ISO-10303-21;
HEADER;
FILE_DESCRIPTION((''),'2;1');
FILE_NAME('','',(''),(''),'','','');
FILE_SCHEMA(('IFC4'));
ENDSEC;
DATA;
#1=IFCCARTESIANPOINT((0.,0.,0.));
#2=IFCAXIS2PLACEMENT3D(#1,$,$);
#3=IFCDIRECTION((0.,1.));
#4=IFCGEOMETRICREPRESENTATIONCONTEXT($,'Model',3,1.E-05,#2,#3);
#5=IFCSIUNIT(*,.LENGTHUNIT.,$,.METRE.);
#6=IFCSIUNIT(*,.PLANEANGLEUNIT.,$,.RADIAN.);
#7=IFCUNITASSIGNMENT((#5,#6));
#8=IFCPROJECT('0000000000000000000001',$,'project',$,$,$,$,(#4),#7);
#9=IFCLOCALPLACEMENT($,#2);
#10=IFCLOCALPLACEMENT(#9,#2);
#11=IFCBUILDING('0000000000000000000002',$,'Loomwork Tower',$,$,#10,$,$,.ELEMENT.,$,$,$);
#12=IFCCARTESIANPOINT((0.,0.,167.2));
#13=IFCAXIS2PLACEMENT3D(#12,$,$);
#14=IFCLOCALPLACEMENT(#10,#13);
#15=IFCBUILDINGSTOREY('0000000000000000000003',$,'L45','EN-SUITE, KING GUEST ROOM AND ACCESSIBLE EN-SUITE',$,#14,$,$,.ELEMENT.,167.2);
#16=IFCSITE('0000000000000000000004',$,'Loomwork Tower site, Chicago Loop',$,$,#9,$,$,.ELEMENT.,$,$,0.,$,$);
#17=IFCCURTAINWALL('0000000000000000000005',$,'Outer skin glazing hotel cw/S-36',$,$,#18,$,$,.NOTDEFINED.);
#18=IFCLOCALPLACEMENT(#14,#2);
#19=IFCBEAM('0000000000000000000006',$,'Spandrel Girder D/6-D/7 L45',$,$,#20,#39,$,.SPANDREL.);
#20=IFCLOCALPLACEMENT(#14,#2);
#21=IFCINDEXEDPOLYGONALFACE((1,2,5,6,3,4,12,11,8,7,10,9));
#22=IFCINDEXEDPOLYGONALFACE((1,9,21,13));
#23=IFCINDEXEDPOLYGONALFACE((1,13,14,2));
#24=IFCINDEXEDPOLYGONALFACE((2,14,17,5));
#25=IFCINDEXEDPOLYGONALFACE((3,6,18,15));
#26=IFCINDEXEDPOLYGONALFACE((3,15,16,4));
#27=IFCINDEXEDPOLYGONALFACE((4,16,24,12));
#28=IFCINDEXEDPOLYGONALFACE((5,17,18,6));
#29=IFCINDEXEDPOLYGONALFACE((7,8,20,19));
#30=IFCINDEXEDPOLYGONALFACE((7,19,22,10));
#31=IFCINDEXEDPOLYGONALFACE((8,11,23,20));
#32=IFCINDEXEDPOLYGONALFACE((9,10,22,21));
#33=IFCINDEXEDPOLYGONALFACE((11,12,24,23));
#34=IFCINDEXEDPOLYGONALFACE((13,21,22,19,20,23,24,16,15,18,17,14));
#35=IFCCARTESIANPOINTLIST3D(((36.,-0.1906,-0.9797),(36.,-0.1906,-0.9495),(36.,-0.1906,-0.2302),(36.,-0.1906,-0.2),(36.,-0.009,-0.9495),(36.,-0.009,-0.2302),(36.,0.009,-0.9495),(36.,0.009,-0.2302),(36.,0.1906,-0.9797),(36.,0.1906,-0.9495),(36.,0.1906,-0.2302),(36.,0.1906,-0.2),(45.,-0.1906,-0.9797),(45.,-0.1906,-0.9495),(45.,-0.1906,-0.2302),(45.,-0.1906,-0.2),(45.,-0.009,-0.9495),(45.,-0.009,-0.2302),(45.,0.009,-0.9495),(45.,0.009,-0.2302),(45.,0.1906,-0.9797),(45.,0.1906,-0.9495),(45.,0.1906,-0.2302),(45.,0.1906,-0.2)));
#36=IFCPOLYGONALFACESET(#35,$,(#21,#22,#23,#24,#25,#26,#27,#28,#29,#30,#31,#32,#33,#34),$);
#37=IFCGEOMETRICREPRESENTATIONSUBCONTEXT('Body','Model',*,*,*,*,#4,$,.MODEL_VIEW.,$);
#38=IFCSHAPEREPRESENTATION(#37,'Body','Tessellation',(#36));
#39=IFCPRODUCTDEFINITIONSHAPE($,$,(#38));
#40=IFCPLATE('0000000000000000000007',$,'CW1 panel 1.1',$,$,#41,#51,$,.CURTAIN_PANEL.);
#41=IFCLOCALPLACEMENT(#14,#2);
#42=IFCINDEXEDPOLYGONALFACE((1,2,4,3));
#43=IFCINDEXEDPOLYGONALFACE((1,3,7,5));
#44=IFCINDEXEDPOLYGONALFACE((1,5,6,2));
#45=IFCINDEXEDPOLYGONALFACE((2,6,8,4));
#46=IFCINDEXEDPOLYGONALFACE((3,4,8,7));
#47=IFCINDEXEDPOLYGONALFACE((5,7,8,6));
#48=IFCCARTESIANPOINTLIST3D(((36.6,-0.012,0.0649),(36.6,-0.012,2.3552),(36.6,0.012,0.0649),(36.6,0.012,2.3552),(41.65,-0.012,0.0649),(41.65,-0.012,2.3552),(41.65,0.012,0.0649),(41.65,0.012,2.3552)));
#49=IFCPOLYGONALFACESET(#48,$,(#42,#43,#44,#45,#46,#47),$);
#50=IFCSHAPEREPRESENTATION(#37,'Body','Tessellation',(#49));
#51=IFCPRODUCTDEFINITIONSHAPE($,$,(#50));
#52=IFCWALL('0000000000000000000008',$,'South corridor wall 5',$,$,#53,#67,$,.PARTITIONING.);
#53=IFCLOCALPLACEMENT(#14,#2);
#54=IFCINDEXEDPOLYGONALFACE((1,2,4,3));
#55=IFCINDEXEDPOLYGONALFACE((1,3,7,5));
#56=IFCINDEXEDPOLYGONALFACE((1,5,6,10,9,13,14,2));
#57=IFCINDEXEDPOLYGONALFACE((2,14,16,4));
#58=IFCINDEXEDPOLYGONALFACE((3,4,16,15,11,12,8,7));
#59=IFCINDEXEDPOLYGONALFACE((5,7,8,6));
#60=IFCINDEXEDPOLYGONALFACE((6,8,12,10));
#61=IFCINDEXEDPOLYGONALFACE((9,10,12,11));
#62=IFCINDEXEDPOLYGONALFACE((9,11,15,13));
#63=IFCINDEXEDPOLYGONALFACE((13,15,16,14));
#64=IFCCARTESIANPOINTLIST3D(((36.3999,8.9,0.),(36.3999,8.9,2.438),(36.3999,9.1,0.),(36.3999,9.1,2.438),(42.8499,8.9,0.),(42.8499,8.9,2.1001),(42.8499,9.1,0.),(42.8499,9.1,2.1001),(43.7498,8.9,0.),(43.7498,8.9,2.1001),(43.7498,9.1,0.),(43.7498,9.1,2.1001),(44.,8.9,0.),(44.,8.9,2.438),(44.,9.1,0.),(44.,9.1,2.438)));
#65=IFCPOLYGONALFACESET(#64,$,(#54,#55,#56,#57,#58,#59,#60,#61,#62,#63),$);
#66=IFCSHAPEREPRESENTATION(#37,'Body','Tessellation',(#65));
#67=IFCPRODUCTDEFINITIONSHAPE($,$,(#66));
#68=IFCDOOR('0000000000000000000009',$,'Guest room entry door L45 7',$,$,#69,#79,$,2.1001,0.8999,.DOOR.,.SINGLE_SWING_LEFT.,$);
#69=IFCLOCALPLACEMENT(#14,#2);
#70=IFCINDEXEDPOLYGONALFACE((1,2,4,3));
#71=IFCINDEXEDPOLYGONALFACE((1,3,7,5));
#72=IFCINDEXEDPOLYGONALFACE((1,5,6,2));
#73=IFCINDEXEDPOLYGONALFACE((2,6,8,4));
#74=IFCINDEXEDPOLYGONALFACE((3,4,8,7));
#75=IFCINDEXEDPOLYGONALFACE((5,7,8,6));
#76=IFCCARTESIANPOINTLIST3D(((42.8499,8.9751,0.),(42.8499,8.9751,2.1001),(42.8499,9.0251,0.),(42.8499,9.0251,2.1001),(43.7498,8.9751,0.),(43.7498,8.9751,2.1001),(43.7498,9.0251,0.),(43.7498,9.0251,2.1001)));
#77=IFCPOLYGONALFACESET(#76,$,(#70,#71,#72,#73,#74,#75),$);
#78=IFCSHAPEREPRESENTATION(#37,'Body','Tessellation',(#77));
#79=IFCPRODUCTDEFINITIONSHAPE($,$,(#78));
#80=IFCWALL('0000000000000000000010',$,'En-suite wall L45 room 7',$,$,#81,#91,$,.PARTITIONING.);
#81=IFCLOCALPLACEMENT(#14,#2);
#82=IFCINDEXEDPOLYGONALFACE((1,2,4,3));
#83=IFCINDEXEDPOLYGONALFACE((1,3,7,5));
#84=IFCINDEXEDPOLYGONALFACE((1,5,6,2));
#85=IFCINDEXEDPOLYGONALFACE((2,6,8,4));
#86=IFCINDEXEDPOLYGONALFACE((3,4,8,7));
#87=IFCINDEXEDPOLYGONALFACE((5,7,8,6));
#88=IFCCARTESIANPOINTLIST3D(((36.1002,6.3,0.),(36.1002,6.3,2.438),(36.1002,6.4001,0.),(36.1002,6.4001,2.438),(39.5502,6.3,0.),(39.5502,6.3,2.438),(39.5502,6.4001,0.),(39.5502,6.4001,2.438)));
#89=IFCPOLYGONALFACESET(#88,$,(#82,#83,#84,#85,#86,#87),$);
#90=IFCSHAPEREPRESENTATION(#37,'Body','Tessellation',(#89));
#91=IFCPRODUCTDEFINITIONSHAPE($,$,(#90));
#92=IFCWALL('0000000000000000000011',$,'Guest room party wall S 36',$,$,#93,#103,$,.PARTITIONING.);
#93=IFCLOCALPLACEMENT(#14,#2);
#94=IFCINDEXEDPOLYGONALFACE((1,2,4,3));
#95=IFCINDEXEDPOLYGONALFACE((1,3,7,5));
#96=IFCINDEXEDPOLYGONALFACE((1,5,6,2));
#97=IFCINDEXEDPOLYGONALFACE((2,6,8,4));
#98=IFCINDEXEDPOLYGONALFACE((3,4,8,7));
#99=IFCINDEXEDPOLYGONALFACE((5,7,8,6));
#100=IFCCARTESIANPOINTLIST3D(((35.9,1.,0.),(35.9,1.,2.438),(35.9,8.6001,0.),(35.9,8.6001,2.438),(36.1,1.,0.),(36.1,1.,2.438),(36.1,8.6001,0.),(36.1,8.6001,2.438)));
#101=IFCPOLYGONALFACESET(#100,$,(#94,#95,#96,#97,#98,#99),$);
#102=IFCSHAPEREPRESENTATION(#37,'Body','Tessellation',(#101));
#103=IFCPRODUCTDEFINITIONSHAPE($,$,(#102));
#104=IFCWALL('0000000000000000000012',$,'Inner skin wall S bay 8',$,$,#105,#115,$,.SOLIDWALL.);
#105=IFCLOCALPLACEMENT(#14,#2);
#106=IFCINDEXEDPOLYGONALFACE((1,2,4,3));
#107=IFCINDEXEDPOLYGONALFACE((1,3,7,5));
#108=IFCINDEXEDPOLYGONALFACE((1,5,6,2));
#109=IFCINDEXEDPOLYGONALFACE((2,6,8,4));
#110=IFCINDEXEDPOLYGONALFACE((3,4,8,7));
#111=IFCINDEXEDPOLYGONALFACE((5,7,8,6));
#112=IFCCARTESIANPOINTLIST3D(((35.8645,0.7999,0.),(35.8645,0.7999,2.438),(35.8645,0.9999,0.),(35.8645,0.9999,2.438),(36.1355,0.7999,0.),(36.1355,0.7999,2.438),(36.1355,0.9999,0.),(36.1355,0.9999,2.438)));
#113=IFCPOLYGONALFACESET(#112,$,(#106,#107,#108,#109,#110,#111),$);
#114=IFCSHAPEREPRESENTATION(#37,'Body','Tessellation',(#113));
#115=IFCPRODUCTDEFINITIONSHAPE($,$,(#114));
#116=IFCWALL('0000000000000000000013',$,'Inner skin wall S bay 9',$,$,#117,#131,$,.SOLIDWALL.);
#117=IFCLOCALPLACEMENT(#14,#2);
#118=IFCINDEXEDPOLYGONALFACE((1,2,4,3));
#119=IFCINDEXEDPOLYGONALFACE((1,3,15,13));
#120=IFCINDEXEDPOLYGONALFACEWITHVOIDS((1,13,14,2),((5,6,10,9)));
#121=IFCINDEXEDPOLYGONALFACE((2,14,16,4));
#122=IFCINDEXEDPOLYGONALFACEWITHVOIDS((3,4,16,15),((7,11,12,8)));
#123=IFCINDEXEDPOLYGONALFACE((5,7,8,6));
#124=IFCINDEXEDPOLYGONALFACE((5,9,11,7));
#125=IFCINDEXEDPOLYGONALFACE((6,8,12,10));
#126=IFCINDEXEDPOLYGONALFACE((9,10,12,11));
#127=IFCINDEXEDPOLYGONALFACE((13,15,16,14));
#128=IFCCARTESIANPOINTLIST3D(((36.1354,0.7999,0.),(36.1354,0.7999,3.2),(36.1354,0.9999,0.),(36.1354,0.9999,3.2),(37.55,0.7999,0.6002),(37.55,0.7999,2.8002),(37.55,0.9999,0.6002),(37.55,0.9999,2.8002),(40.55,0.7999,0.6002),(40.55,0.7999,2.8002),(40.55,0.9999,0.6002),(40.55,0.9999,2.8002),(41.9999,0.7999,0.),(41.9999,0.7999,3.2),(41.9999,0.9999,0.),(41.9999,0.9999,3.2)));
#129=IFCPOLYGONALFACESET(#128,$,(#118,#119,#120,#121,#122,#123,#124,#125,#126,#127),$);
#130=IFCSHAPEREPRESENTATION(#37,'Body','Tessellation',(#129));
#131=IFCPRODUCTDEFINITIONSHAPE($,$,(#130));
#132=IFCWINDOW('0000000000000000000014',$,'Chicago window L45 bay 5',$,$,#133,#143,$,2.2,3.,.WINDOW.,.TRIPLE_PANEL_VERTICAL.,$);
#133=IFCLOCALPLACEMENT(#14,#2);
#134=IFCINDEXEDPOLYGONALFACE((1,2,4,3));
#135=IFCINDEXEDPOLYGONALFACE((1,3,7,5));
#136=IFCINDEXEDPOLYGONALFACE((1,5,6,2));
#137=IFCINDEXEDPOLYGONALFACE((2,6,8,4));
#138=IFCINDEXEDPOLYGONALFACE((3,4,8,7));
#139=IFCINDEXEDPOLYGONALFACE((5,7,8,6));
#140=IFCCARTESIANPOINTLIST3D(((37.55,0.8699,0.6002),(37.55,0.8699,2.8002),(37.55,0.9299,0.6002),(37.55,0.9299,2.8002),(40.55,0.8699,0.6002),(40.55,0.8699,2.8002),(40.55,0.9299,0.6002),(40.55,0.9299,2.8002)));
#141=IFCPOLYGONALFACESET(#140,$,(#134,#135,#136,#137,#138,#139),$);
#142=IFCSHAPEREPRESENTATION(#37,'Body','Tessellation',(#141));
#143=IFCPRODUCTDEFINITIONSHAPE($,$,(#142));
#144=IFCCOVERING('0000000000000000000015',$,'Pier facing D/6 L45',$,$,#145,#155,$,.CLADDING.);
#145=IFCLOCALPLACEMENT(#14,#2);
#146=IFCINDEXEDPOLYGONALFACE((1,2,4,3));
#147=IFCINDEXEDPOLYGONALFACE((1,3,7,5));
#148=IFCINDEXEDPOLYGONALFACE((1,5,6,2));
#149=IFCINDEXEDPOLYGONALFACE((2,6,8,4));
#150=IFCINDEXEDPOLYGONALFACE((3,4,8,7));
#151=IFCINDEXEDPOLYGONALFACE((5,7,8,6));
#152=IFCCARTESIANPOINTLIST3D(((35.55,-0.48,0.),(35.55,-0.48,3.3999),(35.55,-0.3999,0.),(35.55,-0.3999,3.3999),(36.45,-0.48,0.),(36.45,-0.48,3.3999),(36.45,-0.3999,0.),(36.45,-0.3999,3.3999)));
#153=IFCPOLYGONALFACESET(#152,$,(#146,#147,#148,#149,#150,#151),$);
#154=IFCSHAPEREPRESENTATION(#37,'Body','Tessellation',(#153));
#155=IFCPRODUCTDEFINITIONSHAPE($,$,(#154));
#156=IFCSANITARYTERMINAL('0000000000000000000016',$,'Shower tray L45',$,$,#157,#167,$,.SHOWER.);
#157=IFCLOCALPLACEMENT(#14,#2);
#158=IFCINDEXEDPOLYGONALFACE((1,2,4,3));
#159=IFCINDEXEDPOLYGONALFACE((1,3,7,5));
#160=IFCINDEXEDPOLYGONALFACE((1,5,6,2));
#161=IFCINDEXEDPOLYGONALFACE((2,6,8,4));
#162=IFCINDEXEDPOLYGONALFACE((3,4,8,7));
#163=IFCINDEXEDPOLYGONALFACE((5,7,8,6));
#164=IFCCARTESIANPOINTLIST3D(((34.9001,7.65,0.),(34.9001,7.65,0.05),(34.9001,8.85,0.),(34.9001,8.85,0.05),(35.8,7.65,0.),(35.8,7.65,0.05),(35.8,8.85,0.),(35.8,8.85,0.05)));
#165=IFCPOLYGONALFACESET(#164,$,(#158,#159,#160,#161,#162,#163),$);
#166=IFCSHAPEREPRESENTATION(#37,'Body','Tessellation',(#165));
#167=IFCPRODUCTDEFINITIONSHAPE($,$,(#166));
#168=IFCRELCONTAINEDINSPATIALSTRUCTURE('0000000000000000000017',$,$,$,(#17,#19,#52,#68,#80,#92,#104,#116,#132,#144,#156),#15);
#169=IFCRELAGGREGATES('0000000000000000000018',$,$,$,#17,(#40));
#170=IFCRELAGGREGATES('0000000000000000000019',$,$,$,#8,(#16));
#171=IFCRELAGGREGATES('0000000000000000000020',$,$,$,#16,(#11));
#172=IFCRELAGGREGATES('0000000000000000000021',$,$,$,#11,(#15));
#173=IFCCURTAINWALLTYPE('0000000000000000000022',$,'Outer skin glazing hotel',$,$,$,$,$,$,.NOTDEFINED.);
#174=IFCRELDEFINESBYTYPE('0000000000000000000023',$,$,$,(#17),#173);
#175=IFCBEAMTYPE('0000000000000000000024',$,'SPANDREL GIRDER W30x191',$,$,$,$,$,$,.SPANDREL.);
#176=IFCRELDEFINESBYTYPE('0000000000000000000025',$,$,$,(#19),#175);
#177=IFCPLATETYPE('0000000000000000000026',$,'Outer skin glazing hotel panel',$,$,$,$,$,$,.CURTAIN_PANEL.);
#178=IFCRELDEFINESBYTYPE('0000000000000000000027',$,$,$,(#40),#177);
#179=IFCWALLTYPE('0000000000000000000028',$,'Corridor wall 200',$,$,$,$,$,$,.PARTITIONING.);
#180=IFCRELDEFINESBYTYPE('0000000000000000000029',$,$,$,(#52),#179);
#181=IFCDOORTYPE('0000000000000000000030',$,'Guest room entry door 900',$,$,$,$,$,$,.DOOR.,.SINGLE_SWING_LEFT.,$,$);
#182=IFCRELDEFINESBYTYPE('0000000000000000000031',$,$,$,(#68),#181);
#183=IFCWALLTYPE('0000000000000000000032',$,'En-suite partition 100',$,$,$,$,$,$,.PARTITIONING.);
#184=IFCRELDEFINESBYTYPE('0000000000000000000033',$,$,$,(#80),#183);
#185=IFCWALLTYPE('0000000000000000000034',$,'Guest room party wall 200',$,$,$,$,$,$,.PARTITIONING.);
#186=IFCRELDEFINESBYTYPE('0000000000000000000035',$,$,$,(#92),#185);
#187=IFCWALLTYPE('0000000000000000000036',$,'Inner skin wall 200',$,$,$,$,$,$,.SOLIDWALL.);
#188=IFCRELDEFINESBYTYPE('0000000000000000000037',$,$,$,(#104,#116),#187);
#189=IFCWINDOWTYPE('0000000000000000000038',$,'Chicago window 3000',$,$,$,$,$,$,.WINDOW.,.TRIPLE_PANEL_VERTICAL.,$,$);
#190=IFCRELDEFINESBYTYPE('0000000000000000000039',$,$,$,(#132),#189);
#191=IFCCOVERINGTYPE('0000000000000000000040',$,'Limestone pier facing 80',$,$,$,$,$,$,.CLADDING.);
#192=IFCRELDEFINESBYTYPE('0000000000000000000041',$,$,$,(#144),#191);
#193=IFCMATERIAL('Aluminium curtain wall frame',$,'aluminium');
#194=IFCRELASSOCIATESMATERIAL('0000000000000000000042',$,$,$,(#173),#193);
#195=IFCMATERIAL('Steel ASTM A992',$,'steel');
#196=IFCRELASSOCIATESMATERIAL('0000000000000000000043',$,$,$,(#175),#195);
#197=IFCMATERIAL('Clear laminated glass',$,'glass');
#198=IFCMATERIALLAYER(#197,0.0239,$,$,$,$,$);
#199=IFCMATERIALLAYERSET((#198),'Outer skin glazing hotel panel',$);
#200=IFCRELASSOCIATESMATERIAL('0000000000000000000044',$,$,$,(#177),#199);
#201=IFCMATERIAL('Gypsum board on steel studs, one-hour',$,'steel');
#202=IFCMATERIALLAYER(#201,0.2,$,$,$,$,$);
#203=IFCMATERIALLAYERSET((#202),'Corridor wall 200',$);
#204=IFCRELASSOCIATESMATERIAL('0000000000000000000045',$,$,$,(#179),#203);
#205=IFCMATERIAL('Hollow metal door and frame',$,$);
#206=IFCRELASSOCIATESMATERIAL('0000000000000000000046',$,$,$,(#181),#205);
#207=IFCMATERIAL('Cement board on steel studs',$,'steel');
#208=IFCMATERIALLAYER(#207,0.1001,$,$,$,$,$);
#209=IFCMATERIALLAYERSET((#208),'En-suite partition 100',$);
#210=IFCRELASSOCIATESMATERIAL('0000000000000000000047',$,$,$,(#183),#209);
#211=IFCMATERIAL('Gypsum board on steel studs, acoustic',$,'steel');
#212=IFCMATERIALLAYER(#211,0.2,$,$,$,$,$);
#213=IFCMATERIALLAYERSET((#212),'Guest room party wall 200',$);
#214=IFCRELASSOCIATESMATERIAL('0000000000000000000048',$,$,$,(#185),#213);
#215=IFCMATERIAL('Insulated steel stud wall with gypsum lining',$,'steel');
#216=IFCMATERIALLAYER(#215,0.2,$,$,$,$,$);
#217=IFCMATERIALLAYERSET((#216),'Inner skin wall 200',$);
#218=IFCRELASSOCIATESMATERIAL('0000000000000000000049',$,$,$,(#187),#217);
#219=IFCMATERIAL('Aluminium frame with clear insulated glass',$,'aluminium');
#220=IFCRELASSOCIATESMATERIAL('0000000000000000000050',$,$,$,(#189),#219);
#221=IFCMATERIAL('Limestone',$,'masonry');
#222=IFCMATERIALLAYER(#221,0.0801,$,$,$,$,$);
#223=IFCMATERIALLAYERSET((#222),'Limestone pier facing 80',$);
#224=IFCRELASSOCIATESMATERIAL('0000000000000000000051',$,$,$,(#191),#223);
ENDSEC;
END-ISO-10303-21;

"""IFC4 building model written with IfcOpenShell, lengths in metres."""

from ifc_helpers import new_model, si_unit, direction, frame, frame_2d, origin, origin_2d, place, context, subcontext, project, spatial, rectangle, i_section, extrude, material, layer, layer_set, material_profile, profile_set, type_object, element, fill, aggregate, save


model = new_model("IFC4")

# Units and contexts
model_context = context("Model", 3, precision=1e-05, world=origin(), true_north=direction((0.0, 1.0)))
body_context = subcontext(model_context, "Body", "Model", "MODEL_VIEW")
ifc_project = project(units=[si_unit("LENGTHUNIT", "METRE"), si_unit("PLANEANGLEUNIT", "RADIAN")], contexts=[model_context])

# Site, building, storey
site_placement = place(None, origin())
site = spatial("IfcSite", under=ifc_project, at=site_placement, Name="Loomwork Tower site, Chicago Loop", CompositionType="ELEMENT", RefElevation=0.0)
building_placement = place(site_placement, origin())
building = spatial("IfcBuilding", under=site, at=building_placement, Name="Loomwork Tower", CompositionType="ELEMENT")
storey_placement = place(building_placement, frame((0.0, 0.0, 167.2)))
storey = spatial("IfcBuildingStorey", under=building, at=storey_placement, Name="L45", Description="EN-SUITE, KING GUEST ROOM AND ACCESSIBLE EN-SUITE", CompositionType="ELEMENT", Elevation=167.2)

# Shared definitions
ifc_material_1 = material(Name="Aluminium curtain wall frame", Category="aluminium")
curtain_wall_type = type_object("IfcCurtainWallType", Name="Outer skin glazing hotel", PredefinedType="NOTDEFINED", material=ifc_material_1)

# Curtain wall
curtain_wall_1_placement = place(storey_placement, origin())
curtain_wall_1 = element("IfcCurtainWall", 1, at=curtain_wall_1_placement, inside=storey, type_object=curtain_wall_type, Name="Outer skin glazing hotel cw/S-36", PredefinedType="NOTDEFINED")

# Beam
ifc_material_2 = material(Name="Steel ASTM A992", Category="steel")
ifc_material_profile_1 = material_profile(ifc_material_2, i_section(OverallWidth=0.3811, OverallDepth=0.7798, WebThickness=0.0181, FlangeThickness=0.0303, at=origin_2d()), Name="W30x191")
ifc_profile_set_1 = profile_set([ifc_material_profile_1], Name="Steel ASTM A992")
beam_type_1 = type_object("IfcBeamType", Name="SPANDREL GIRDER W30x191", PredefinedType="SPANDREL", material=ifc_profile_set_1)
beam_1_placement = place(storey_placement, frame((36.0, 0.0, -0.5898), z_axis=(1.0, 0.0, 0.0), x_axis=(0.0, 1.0, 0.0)))
element("IfcBeam", 2, at=beam_1_placement, inside=storey, type_object=beam_type_1, Name="Spandrel Girder D/6-D/7 L45", PredefinedType="SPANDREL", context=body_context, shape_type="SweptSolid", body=[
    extrude(i_section(OverallWidth=0.3811, OverallDepth=0.7798, WebThickness=0.0181, FlangeThickness=0.0303, at=origin_2d()), origin(), (0.0, 0.0, 1.0), 9.0),
])

# Plate
ifc_material_3 = material(Name="Clear laminated glass", Category="glass")
ifc_layer_1 = layer(ifc_material_3, 0.0239)
ifc_layer_set_1 = layer_set([ifc_layer_1], Name="Outer skin glazing hotel panel")
plate_type = type_object("IfcPlateType", Name="Outer skin glazing hotel panel", PredefinedType="CURTAIN_PANEL", material=ifc_layer_set_1)
plate_placement = place(storey_placement, frame((39.125, 0.0, 0.0649), z_axis=(0.0, 0.0, 1.0), x_axis=(1.0, 0.0, 0.0)))
plate = element("IfcPlate", 3, at=plate_placement, type_object=plate_type, Name="CW1 panel 1.1", PredefinedType="CURTAIN_PANEL", context=body_context, shape_type="SweptSolid", body=[
    extrude(rectangle(XDim=5.05, YDim=0.0239, at=origin_2d()), origin(), (0.0, 0.0, 1.0), 2.2903),
])
aggregate(curtain_wall_1, [plate])

# Wall, opening, door
ifc_material_4 = material(Name="Gypsum board on steel studs, one-hour", Category="steel")
ifc_layer_2 = layer(ifc_material_4, 0.2)
ifc_layer_set_2 = layer_set([ifc_layer_2], Name="Corridor wall 200")
wall_type_1 = type_object("IfcWallType", Name="Corridor wall 200", PredefinedType="PARTITIONING", material=ifc_layer_set_2)
wall_1_placement = place(storey_placement, frame((36.3999, 9.0, 0.0), z_axis=(0.0, 0.0, 1.0), x_axis=(1.0, 0.0, 0.0)))
wall_1 = element("IfcWall", 4, at=wall_1_placement, inside=storey, type_object=wall_type_1, Name="South corridor wall 5", PredefinedType="PARTITIONING", context=body_context, shape_type="SweptSolid", body=[
    extrude(rectangle(XDim=7.6001, YDim=0.2, at=frame_2d((3.8, 0.0))), origin(), (0.0, 0.0, 1.0), 2.438),
])
opening_1_placement = place(wall_1_placement, frame((6.45, 0.0, 0.0)))
opening_1 = element("IfcOpeningElement", 5, at=opening_1_placement, cuts=wall_1, PredefinedType="OPENING", context=body_context, shape_type="SweptSolid", body=[
    extrude(rectangle(XDim=0.8999, YDim=2.1001, at=frame_2d((0.45, 1.05))), frame((0.0, 0.1099, 0.0), z_axis=(0.0, -1.0, 0.0), x_axis=(1.0, 0.0, 0.0)), (0.0, 0.0, 1.0), 0.22),
])
ifc_material_5 = material(Name="Hollow metal door and frame")
door_type = type_object("IfcDoorType", Name="Guest room entry door 900", OperationType="SINGLE_SWING_LEFT", PredefinedType="DOOR", material=ifc_material_5)
door_placement = place(opening_1_placement, frame((0.8999, 0.0, 0.0), z_axis=(0.0, 0.0, 1.0), x_axis=(-1.0, 0.0, 0.0)))
door = element("IfcDoor", 6, at=door_placement, inside=storey, type_object=door_type, Name="Guest room entry door L45 7", OperationType="SINGLE_SWING_LEFT", OverallHeight=2.1001, OverallWidth=0.8999, PredefinedType="DOOR", context=body_context, shape_type="SweptSolid", body=[
    extrude(rectangle(XDim=0.8999, YDim=2.1001, at=frame_2d((0.45, 1.05))), frame((0.0, 0.0249, 0.0), z_axis=(0.0, -1.0, 0.0), x_axis=(1.0, 0.0, 0.0)), (0.0, 0.0, 1.0), 0.05),
])
fill(opening_1, door)

# Walls
ifc_material_6 = material(Name="Cement board on steel studs", Category="steel")
ifc_layer_3 = layer(ifc_material_6, 0.1001)
ifc_layer_set_3 = layer_set([ifc_layer_3], Name="En-suite partition 100")
wall_type_2 = type_object("IfcWallType", Name="En-suite partition 100", PredefinedType="PARTITIONING", material=ifc_layer_set_3)
wall_2_placement = place(storey_placement, frame((36.1001, 6.3501, 0.0), z_axis=(0.0, 0.0, 1.0), x_axis=(1.0, 0.0, 0.0)))
element("IfcWall", 7, at=wall_2_placement, inside=storey, type_object=wall_type_2, Name="En-suite wall L45 room 7", PredefinedType="PARTITIONING", context=body_context, shape_type="SweptSolid", body=[
    extrude(rectangle(XDim=3.45, YDim=0.1001, at=frame_2d((1.7251, 0.0))), origin(), (0.0, 0.0, 1.0), 2.438),
])
ifc_material_7 = material(Name="Gypsum board on steel studs, acoustic", Category="steel")
ifc_layer_4 = layer(ifc_material_7, 0.2)
ifc_layer_set_4 = layer_set([ifc_layer_4], Name="Guest room party wall 200")
wall_type_3 = type_object("IfcWallType", Name="Guest room party wall 200", PredefinedType="PARTITIONING", material=ifc_layer_set_4)
wall_3_placement = place(storey_placement, frame((36.0, 8.6001, 0.0), z_axis=(0.0, 0.0, 1.0), x_axis=(0.0, -1.0, 0.0)))
element("IfcWall", 8, at=wall_3_placement, inside=storey, type_object=wall_type_3, Name="Guest room party wall S 36", PredefinedType="PARTITIONING", context=body_context, shape_type="SweptSolid", body=[
    extrude(rectangle(XDim=7.6001, YDim=0.2, at=frame_2d((3.8, 0.0))), origin(), (0.0, 0.0, 1.0), 2.438),
])
ifc_material_8 = material(Name="Insulated steel stud wall with gypsum lining", Category="steel")
ifc_layer_5 = layer(ifc_material_8, 0.2)
ifc_layer_set_5 = layer_set([ifc_layer_5], Name="Inner skin wall 200")
wall_type_4 = type_object("IfcWallType", Name="Inner skin wall 200", PredefinedType="SOLIDWALL", material=ifc_layer_set_5)
wall_4_placement = place(storey_placement, frame((35.8645, 0.8999, 0.0), z_axis=(0.0, 0.0, 1.0), x_axis=(1.0, 0.0, 0.0)))
element("IfcWall", 9, at=wall_4_placement, inside=storey, type_object=wall_type_4, Name="Inner skin wall S bay 8", PredefinedType="SOLIDWALL", context=body_context, shape_type="SweptSolid", body=[
    extrude(rectangle(XDim=0.271, YDim=0.2, at=frame_2d((0.1355, 0.0))), origin(), (0.0, 0.0, 1.0), 2.438),
])

# Wall, opening, window
wall_5_placement = place(storey_placement, frame((36.1355, 0.8999, 0.0), z_axis=(0.0, 0.0, 1.0), x_axis=(1.0, 0.0, 0.0)))
wall_5 = element("IfcWall", 10, at=wall_5_placement, inside=storey, type_object=wall_type_4, Name="Inner skin wall S bay 9", PredefinedType="SOLIDWALL", context=body_context, shape_type="SweptSolid", body=[
    extrude(rectangle(XDim=5.8645, YDim=0.2, at=frame_2d((2.9321, 0.0))), origin(), (0.0, 0.0, 1.0), 3.2),
])
opening_2_placement = place(wall_5_placement, frame((1.4146, 0.0, 0.6001)))
opening_2 = element("IfcOpeningElement", 11, at=opening_2_placement, cuts=wall_5, PredefinedType="OPENING", context=body_context, shape_type="SweptSolid", body=[
    extrude(rectangle(XDim=3.0, YDim=2.2, at=frame_2d((1.5, 1.1001))), frame((0.0, 0.1099, 0.0), z_axis=(0.0, -1.0, 0.0), x_axis=(1.0, 0.0, 0.0)), (0.0, 0.0, 1.0), 0.22),
])
ifc_material_9 = material(Name="Aluminium frame with clear insulated glass", Category="aluminium")
window_type = type_object("IfcWindowType", Name="Chicago window 3000", PartitioningType="TRIPLE_PANEL_VERTICAL", PredefinedType="WINDOW", material=ifc_material_9)
window_placement = place(opening_2_placement, origin())
window = element("IfcWindow", 12, at=window_placement, inside=storey, type_object=window_type, Name="Chicago window L45 bay 5", OverallHeight=2.2, OverallWidth=3.0, PartitioningType="TRIPLE_PANEL_VERTICAL", PredefinedType="WINDOW", context=body_context, shape_type="SweptSolid", body=[
    extrude(rectangle(XDim=3.0, YDim=2.2, at=frame_2d((1.5, 1.1001))), frame((0.0, 0.03, 0.0), z_axis=(0.0, -1.0, 0.0), x_axis=(1.0, 0.0, 0.0)), (0.0, 0.0, 1.0), 0.0601),
])
fill(opening_2, window)

# Covering
ifc_material_10 = material(Name="Limestone", Category="masonry")
ifc_layer_6 = layer(ifc_material_10, 0.0801)
ifc_layer_set_6 = layer_set([ifc_layer_6], Name="Limestone pier facing 80")
covering_type = type_object("IfcCoveringType", Name="Limestone pier facing 80", PredefinedType="CLADDING", material=ifc_layer_set_6)
covering_placement = place(storey_placement, frame((36.0, -0.4399, 0.0), z_axis=(0.0, 0.0, 1.0), x_axis=(1.0, 0.0, 0.0)))
element("IfcCovering", 13, at=covering_placement, inside=storey, type_object=covering_type, Name="Pier facing D/6 L45", PredefinedType="CLADDING", context=body_context, shape_type="SweptSolid", body=[
    extrude(rectangle(XDim=0.8999, YDim=0.0801, at=origin_2d()), origin(), (0.0, 0.0, 1.0), 3.3999),
])

# Sanitary terminal
sanitary_terminal_1_placement = place(storey_placement, frame((35.3501, 8.25, 0.0), z_axis=(0.0, 0.0, 1.0), x_axis=(1.0, 0.0, 0.0)))
element("IfcSanitaryTerminal", 14, at=sanitary_terminal_1_placement, inside=storey, Name="Shower tray L45", PredefinedType="SHOWER", context=body_context, shape_type="SweptSolid", body=[
    extrude(rectangle(XDim=0.8999, YDim=1.2, at=origin_2d()), origin(), (0.0, 0.0, 1.0), 0.05),
])

save(model, "model.ifc")
